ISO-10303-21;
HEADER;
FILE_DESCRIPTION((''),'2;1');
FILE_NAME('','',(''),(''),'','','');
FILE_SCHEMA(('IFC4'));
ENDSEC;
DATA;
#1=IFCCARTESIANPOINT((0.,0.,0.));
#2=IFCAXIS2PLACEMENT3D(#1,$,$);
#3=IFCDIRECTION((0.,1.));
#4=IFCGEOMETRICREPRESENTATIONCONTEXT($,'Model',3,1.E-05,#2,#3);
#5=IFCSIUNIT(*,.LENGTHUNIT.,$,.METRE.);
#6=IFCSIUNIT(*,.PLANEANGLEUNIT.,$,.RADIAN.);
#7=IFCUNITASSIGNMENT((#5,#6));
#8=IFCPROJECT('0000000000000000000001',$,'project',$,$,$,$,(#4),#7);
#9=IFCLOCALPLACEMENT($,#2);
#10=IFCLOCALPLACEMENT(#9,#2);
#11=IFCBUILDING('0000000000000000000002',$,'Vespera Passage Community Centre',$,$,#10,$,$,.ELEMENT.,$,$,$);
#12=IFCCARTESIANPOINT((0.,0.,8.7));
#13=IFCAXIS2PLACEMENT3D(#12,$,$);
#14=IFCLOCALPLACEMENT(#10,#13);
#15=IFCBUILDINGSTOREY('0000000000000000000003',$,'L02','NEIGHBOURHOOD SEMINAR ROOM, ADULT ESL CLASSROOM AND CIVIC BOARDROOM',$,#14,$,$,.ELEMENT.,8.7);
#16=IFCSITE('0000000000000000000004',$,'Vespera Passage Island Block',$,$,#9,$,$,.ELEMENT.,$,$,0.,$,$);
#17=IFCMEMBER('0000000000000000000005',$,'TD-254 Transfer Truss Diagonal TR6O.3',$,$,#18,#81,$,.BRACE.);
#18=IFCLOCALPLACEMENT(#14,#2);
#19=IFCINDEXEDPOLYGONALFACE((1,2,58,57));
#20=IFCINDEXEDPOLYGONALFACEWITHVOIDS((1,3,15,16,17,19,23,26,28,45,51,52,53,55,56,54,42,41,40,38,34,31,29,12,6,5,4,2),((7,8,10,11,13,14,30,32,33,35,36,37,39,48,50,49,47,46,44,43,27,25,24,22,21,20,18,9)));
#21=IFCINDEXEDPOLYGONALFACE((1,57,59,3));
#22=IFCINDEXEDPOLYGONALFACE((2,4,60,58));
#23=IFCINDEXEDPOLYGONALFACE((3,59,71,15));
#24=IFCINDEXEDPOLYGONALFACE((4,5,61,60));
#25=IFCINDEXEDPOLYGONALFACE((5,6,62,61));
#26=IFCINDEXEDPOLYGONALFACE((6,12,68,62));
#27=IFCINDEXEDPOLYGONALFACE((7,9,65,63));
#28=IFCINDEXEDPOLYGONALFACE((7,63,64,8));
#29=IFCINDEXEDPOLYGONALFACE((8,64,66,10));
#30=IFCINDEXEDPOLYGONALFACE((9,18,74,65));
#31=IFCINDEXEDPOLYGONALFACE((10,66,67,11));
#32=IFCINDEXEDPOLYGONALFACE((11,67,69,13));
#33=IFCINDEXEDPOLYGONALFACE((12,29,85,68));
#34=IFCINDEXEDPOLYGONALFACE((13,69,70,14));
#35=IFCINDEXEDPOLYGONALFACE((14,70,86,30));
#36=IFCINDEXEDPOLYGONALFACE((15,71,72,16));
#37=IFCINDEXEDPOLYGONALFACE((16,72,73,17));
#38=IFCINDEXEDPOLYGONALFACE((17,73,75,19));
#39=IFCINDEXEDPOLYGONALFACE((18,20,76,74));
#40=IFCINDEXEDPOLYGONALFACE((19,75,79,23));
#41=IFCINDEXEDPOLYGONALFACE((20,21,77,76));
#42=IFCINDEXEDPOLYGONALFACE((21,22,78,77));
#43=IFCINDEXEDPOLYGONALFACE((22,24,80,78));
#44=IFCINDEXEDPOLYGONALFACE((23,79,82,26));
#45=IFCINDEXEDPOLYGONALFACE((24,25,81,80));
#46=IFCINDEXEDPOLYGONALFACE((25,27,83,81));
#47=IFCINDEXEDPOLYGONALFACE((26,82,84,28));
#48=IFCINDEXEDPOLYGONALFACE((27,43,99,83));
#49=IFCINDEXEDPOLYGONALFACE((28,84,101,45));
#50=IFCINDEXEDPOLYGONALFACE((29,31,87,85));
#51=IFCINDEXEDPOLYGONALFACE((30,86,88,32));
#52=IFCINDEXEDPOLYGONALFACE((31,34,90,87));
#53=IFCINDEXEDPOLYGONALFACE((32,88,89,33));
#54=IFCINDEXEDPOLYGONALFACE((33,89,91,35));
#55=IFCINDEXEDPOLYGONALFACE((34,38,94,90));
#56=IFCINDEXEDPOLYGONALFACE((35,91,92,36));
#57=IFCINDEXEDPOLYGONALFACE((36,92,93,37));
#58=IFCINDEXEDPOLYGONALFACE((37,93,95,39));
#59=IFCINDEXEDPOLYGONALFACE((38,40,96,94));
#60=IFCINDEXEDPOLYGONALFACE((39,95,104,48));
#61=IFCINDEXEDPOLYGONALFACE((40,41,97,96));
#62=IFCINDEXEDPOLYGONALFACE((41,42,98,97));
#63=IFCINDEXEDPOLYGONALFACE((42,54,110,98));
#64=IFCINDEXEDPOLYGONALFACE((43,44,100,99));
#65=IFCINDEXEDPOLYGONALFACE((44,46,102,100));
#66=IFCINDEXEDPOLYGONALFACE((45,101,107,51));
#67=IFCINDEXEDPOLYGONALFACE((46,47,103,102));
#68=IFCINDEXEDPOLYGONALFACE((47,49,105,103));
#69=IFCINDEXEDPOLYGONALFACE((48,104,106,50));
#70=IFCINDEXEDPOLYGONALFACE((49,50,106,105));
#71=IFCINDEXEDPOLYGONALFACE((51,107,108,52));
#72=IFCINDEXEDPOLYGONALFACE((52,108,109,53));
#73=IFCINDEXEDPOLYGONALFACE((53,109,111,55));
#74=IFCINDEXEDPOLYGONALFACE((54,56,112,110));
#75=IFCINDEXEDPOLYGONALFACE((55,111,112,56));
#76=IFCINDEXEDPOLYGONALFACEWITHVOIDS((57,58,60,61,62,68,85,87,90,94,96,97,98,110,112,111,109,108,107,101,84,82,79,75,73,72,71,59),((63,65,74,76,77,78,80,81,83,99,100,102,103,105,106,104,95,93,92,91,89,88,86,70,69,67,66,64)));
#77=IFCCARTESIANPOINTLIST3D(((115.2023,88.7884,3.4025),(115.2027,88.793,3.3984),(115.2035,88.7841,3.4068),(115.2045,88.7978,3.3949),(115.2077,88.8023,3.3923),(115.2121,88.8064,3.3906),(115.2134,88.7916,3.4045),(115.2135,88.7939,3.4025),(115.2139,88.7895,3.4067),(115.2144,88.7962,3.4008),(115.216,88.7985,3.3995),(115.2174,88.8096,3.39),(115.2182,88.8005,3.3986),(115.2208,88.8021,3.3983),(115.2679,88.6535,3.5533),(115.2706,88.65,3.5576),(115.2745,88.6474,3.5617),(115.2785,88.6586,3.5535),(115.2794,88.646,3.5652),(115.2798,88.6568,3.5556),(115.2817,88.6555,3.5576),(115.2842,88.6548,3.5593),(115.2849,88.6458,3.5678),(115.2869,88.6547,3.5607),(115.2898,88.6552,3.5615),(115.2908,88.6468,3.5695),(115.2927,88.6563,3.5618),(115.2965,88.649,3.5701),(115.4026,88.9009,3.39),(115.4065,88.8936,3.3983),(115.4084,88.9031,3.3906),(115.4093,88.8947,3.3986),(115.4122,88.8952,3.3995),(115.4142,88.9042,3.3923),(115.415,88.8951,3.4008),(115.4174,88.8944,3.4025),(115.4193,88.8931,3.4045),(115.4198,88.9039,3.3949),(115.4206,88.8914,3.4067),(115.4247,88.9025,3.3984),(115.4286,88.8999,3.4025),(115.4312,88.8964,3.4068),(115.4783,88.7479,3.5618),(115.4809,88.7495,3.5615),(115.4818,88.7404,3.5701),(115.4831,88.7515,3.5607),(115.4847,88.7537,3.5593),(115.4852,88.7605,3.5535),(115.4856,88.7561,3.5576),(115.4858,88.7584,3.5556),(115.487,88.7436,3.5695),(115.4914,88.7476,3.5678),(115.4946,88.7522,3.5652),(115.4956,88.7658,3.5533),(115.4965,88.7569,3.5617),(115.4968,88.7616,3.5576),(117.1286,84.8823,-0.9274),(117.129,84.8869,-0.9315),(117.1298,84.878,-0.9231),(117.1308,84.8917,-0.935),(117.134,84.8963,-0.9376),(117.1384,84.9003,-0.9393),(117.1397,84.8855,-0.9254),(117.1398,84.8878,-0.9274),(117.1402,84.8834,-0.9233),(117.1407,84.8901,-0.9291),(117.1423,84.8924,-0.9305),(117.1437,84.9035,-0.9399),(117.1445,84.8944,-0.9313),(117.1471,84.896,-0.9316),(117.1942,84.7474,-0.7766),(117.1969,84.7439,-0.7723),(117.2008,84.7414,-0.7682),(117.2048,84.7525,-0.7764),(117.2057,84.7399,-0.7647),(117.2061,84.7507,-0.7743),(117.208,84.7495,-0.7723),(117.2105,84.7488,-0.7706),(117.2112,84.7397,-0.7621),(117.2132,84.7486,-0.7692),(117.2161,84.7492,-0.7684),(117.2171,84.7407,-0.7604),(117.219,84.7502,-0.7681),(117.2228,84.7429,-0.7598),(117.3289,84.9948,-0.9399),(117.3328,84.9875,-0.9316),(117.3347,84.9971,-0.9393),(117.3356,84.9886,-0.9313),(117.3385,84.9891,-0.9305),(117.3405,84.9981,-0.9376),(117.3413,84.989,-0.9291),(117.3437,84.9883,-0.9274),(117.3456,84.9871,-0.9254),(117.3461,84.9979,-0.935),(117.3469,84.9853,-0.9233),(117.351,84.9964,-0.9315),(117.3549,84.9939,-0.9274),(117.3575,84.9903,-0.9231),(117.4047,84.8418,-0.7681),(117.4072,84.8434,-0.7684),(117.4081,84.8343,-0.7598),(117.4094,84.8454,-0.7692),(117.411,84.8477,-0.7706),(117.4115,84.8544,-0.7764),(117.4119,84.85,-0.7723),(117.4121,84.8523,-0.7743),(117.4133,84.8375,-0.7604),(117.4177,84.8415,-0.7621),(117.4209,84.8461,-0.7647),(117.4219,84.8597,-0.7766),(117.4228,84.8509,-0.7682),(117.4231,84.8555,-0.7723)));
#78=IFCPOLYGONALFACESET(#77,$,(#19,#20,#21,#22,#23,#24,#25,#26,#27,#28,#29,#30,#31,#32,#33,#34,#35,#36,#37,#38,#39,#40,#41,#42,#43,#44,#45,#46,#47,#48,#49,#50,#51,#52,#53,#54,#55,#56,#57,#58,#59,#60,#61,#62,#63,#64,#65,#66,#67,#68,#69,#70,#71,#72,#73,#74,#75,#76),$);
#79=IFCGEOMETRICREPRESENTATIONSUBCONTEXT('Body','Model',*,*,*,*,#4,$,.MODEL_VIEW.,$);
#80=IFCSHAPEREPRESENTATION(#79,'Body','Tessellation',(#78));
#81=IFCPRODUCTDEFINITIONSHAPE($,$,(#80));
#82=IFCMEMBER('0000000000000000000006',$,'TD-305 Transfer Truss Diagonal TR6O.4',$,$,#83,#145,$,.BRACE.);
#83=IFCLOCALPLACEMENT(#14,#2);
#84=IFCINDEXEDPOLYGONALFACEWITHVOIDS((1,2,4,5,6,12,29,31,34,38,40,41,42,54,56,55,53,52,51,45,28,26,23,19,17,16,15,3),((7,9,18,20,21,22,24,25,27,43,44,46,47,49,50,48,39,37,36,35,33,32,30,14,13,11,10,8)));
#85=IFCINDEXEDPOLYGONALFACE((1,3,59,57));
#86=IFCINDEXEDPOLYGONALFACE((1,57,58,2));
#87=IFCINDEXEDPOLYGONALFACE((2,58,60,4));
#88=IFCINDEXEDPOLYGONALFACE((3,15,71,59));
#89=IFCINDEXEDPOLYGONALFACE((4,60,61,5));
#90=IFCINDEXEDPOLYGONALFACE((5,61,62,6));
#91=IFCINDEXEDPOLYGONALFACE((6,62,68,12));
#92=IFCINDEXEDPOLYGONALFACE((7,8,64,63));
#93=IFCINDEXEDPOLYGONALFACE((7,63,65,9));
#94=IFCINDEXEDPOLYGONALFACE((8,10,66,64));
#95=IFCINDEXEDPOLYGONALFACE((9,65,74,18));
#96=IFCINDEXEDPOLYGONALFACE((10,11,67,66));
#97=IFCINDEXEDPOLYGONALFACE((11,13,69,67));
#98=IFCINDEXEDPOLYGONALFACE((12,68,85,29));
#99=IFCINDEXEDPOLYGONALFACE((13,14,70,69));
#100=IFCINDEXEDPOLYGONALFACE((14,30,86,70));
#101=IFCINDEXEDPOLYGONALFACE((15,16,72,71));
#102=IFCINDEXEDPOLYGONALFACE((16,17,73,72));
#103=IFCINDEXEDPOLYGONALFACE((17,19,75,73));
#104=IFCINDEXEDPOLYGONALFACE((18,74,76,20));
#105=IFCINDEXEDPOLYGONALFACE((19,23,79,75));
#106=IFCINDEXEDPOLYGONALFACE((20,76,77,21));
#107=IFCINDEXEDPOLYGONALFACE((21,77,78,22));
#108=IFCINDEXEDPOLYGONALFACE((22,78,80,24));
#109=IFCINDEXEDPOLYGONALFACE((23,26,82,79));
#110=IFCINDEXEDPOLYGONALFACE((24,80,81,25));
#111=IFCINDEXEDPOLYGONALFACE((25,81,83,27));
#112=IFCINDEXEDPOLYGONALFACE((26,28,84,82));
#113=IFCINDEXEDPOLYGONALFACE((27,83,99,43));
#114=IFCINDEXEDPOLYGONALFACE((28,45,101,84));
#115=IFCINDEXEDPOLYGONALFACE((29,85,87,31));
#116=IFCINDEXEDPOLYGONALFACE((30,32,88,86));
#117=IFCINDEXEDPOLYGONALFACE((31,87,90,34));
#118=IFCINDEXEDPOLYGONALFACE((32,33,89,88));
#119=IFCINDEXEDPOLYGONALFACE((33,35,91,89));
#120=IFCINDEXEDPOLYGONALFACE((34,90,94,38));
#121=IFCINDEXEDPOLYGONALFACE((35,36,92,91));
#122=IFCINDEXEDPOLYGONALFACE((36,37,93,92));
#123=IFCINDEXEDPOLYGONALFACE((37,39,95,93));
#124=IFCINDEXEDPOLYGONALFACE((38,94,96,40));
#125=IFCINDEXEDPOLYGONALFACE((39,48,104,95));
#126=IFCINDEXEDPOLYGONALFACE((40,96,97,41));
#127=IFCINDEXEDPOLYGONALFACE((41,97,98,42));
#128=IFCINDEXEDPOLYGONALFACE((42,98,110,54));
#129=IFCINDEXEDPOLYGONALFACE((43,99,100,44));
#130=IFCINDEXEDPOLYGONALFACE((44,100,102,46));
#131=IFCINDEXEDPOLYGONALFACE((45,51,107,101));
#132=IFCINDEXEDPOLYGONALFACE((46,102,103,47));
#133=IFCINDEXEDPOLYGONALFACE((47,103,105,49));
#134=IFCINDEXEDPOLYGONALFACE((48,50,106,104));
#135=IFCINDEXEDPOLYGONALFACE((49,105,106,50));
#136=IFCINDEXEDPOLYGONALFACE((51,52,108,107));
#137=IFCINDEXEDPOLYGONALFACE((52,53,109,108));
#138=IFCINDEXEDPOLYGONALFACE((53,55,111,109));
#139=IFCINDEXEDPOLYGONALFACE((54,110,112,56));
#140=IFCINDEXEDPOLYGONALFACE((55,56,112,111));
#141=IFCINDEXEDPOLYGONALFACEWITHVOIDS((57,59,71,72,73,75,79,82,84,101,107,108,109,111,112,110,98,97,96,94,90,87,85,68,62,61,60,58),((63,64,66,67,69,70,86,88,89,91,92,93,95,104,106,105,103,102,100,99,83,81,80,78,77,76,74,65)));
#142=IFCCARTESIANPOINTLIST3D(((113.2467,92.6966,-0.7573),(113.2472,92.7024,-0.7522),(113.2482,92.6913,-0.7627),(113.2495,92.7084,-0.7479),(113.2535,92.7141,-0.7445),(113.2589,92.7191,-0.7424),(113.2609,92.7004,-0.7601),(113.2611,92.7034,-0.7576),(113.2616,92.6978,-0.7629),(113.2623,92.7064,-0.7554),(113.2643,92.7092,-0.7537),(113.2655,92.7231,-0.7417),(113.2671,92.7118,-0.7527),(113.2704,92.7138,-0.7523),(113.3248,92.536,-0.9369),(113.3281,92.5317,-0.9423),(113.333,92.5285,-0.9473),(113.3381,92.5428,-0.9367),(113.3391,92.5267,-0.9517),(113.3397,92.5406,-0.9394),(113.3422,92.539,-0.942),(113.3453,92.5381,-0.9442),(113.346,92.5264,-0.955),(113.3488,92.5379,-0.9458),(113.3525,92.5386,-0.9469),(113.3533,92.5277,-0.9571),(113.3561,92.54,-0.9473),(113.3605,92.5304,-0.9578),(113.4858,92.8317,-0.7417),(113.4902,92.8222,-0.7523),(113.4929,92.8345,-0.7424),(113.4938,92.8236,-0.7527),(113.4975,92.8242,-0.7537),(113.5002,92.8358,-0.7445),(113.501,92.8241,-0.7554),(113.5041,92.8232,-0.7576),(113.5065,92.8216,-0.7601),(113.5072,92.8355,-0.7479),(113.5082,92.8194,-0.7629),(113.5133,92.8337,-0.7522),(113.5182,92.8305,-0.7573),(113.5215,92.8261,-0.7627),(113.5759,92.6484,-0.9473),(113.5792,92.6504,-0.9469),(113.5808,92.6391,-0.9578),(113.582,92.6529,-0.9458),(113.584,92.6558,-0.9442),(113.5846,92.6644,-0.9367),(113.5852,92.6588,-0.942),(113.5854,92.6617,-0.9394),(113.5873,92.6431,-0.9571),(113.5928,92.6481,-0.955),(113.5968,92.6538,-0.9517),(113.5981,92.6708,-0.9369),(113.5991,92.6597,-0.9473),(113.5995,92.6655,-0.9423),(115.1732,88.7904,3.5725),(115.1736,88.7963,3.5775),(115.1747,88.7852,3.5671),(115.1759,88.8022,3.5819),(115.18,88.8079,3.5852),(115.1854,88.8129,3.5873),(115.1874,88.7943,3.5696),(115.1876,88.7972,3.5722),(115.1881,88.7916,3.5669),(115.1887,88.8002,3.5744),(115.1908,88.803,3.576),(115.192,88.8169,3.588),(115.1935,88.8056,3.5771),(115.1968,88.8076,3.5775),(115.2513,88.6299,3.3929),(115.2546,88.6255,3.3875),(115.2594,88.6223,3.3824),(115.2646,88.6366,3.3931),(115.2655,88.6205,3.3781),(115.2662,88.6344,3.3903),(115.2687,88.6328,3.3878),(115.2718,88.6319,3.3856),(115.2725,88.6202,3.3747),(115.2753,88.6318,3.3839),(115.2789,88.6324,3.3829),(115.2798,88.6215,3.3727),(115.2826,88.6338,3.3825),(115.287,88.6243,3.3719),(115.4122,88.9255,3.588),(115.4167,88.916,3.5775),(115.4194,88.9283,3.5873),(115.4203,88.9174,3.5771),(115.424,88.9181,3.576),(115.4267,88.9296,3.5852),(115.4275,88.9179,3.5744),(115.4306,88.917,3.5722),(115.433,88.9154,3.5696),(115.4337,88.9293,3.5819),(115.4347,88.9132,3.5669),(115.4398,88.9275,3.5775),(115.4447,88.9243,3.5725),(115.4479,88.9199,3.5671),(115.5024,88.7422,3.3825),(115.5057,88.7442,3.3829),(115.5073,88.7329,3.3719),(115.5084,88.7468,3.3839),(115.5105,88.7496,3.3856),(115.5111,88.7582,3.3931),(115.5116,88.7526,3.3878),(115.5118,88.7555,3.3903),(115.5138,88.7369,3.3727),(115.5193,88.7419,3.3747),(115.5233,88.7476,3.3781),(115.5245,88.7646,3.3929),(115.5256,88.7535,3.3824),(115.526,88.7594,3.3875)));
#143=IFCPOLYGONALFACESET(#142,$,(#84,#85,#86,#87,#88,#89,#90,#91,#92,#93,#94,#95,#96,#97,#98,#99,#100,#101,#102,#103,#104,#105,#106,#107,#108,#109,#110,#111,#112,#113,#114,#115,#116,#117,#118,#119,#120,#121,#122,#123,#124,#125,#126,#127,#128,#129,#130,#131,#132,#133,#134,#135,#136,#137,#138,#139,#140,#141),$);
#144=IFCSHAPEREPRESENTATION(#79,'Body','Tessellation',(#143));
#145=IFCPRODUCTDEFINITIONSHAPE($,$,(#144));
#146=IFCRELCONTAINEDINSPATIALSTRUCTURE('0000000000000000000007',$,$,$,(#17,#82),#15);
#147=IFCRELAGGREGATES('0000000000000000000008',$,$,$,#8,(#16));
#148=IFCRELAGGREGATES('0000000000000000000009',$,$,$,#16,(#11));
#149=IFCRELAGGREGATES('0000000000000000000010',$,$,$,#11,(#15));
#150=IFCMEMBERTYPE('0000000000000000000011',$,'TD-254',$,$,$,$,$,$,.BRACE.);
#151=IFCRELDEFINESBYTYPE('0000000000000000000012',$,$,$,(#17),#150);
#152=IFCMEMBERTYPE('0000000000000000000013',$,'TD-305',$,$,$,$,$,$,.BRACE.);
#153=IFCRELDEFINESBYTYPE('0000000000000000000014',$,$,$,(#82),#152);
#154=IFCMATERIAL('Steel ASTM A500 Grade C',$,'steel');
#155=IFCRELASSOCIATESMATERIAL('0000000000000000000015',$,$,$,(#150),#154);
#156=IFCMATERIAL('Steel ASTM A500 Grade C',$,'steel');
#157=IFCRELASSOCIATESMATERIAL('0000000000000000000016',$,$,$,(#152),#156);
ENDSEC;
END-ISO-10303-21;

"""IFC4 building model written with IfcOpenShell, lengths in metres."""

from ifc_helpers import new_model, si_unit, direction, frame, origin, origin_2d, place, context, subcontext, project, spatial, hollow_rectangle, extrude, material, material_profile, profile_set, type_object, element, save


model = new_model("IFC4")

# Units and contexts
model_context = context("Model", 3, precision=1e-05, world=origin(), true_north=direction((0.0, 1.0)))
body_context = subcontext(model_context, "Body", "Model", "MODEL_VIEW")
ifc_project = project(units=[si_unit("LENGTHUNIT", "METRE"), si_unit("PLANEANGLEUNIT", "RADIAN")], contexts=[model_context])

# Site, building, storey
site_placement = place(None, origin())
site = spatial("IfcSite", under=ifc_project, at=site_placement, Name="Vespera Passage Island Block", CompositionType="ELEMENT", RefElevation=0.0)
building_placement = place(site_placement, origin())
building = spatial("IfcBuilding", under=site, at=building_placement, Name="Vespera Passage Community Centre", CompositionType="ELEMENT")
storey_placement = place(building_placement, frame((0.0, 0.0, 8.7)))
storey = spatial("IfcBuildingStorey", under=building, at=storey_placement, Name="L02", Description="NEIGHBOURHOOD SEMINAR ROOM, ADULT ESL CLASSROOM AND CIVIC BOARDROOM", CompositionType="ELEMENT", Elevation=8.7)

# Members
ifc_material_1 = material(Name="Steel ASTM A500 Grade C", Category="steel")
ifc_material_profile_1 = material_profile(ifc_material_1, hollow_rectangle(XDim=0.2539, YDim=0.2539, WallThickness=0.0117, InnerFilletRadius=0.0117, OuterFilletRadius=0.0237, at=origin_2d()), Name="HSS254X254X12.7")
ifc_profile_set_1 = profile_set([ifc_material_profile_1], Name="Steel ASTM A500 Grade C")
member_type_1 = type_object("IfcMemberType", Name="TD-254", PredefinedType="BRACE", material=ifc_profile_set_1)
member_1_placement = place(storey_placement, frame((117.2759, 84.8689, -0.8499), z_axis=(-0.313661, 0.636029, 0.705042), x_axis=(-0.896869, -0.442296, 0.0)))
element("IfcMember", 1, at=member_1_placement, inside=storey, type_object=member_type_1, Name="TD-254 Transfer Truss Diagonal TR6O.3", PredefinedType="BRACE", context=body_context, shape_type="SweptSolid", body=[
    extrude(hollow_rectangle(XDim=0.2539, YDim=0.2539, WallThickness=0.0117, InnerFilletRadius=0.0117, OuterFilletRadius=0.0237, at=origin_2d()), origin(), (0.0, 0.0, 1.0), 6.1414),
])
ifc_material_2 = material(Name="Steel ASTM A500 Grade C", Category="steel")
ifc_material_profile_2 = material_profile(ifc_material_2, hollow_rectangle(XDim=0.3047, YDim=0.3047, WallThickness=0.0149, InnerFilletRadius=0.0149, OuterFilletRadius=0.0295, at=origin_2d()), Name="HSS305X305X15.9")
ifc_profile_set_2 = profile_set([ifc_material_profile_2], Name="Steel ASTM A500 Grade C")
member_type_2 = type_object("IfcMemberType", Name="TD-305", PredefinedType="BRACE", material=ifc_profile_set_2)
member_2_placement = place(storey_placement, frame((115.3496, 88.7749, 3.48), z_axis=(-0.313689, 0.636044, -0.705015), x_axis=(-0.896858, -0.442319, 0.0)))
element("IfcMember", 2, at=member_2_placement, inside=storey, type_object=member_type_2, Name="TD-305 Transfer Truss Diagonal TR6O.4", PredefinedType="BRACE", context=body_context, shape_type="SweptSolid", body=[
    extrude(hollow_rectangle(XDim=0.3047, YDim=0.3047, WallThickness=0.0149, InnerFilletRadius=0.0149, OuterFilletRadius=0.0295, at=origin_2d()), origin(), (0.0, 0.0, 1.0), 6.1414),
])

save(model, "model.ifc")
